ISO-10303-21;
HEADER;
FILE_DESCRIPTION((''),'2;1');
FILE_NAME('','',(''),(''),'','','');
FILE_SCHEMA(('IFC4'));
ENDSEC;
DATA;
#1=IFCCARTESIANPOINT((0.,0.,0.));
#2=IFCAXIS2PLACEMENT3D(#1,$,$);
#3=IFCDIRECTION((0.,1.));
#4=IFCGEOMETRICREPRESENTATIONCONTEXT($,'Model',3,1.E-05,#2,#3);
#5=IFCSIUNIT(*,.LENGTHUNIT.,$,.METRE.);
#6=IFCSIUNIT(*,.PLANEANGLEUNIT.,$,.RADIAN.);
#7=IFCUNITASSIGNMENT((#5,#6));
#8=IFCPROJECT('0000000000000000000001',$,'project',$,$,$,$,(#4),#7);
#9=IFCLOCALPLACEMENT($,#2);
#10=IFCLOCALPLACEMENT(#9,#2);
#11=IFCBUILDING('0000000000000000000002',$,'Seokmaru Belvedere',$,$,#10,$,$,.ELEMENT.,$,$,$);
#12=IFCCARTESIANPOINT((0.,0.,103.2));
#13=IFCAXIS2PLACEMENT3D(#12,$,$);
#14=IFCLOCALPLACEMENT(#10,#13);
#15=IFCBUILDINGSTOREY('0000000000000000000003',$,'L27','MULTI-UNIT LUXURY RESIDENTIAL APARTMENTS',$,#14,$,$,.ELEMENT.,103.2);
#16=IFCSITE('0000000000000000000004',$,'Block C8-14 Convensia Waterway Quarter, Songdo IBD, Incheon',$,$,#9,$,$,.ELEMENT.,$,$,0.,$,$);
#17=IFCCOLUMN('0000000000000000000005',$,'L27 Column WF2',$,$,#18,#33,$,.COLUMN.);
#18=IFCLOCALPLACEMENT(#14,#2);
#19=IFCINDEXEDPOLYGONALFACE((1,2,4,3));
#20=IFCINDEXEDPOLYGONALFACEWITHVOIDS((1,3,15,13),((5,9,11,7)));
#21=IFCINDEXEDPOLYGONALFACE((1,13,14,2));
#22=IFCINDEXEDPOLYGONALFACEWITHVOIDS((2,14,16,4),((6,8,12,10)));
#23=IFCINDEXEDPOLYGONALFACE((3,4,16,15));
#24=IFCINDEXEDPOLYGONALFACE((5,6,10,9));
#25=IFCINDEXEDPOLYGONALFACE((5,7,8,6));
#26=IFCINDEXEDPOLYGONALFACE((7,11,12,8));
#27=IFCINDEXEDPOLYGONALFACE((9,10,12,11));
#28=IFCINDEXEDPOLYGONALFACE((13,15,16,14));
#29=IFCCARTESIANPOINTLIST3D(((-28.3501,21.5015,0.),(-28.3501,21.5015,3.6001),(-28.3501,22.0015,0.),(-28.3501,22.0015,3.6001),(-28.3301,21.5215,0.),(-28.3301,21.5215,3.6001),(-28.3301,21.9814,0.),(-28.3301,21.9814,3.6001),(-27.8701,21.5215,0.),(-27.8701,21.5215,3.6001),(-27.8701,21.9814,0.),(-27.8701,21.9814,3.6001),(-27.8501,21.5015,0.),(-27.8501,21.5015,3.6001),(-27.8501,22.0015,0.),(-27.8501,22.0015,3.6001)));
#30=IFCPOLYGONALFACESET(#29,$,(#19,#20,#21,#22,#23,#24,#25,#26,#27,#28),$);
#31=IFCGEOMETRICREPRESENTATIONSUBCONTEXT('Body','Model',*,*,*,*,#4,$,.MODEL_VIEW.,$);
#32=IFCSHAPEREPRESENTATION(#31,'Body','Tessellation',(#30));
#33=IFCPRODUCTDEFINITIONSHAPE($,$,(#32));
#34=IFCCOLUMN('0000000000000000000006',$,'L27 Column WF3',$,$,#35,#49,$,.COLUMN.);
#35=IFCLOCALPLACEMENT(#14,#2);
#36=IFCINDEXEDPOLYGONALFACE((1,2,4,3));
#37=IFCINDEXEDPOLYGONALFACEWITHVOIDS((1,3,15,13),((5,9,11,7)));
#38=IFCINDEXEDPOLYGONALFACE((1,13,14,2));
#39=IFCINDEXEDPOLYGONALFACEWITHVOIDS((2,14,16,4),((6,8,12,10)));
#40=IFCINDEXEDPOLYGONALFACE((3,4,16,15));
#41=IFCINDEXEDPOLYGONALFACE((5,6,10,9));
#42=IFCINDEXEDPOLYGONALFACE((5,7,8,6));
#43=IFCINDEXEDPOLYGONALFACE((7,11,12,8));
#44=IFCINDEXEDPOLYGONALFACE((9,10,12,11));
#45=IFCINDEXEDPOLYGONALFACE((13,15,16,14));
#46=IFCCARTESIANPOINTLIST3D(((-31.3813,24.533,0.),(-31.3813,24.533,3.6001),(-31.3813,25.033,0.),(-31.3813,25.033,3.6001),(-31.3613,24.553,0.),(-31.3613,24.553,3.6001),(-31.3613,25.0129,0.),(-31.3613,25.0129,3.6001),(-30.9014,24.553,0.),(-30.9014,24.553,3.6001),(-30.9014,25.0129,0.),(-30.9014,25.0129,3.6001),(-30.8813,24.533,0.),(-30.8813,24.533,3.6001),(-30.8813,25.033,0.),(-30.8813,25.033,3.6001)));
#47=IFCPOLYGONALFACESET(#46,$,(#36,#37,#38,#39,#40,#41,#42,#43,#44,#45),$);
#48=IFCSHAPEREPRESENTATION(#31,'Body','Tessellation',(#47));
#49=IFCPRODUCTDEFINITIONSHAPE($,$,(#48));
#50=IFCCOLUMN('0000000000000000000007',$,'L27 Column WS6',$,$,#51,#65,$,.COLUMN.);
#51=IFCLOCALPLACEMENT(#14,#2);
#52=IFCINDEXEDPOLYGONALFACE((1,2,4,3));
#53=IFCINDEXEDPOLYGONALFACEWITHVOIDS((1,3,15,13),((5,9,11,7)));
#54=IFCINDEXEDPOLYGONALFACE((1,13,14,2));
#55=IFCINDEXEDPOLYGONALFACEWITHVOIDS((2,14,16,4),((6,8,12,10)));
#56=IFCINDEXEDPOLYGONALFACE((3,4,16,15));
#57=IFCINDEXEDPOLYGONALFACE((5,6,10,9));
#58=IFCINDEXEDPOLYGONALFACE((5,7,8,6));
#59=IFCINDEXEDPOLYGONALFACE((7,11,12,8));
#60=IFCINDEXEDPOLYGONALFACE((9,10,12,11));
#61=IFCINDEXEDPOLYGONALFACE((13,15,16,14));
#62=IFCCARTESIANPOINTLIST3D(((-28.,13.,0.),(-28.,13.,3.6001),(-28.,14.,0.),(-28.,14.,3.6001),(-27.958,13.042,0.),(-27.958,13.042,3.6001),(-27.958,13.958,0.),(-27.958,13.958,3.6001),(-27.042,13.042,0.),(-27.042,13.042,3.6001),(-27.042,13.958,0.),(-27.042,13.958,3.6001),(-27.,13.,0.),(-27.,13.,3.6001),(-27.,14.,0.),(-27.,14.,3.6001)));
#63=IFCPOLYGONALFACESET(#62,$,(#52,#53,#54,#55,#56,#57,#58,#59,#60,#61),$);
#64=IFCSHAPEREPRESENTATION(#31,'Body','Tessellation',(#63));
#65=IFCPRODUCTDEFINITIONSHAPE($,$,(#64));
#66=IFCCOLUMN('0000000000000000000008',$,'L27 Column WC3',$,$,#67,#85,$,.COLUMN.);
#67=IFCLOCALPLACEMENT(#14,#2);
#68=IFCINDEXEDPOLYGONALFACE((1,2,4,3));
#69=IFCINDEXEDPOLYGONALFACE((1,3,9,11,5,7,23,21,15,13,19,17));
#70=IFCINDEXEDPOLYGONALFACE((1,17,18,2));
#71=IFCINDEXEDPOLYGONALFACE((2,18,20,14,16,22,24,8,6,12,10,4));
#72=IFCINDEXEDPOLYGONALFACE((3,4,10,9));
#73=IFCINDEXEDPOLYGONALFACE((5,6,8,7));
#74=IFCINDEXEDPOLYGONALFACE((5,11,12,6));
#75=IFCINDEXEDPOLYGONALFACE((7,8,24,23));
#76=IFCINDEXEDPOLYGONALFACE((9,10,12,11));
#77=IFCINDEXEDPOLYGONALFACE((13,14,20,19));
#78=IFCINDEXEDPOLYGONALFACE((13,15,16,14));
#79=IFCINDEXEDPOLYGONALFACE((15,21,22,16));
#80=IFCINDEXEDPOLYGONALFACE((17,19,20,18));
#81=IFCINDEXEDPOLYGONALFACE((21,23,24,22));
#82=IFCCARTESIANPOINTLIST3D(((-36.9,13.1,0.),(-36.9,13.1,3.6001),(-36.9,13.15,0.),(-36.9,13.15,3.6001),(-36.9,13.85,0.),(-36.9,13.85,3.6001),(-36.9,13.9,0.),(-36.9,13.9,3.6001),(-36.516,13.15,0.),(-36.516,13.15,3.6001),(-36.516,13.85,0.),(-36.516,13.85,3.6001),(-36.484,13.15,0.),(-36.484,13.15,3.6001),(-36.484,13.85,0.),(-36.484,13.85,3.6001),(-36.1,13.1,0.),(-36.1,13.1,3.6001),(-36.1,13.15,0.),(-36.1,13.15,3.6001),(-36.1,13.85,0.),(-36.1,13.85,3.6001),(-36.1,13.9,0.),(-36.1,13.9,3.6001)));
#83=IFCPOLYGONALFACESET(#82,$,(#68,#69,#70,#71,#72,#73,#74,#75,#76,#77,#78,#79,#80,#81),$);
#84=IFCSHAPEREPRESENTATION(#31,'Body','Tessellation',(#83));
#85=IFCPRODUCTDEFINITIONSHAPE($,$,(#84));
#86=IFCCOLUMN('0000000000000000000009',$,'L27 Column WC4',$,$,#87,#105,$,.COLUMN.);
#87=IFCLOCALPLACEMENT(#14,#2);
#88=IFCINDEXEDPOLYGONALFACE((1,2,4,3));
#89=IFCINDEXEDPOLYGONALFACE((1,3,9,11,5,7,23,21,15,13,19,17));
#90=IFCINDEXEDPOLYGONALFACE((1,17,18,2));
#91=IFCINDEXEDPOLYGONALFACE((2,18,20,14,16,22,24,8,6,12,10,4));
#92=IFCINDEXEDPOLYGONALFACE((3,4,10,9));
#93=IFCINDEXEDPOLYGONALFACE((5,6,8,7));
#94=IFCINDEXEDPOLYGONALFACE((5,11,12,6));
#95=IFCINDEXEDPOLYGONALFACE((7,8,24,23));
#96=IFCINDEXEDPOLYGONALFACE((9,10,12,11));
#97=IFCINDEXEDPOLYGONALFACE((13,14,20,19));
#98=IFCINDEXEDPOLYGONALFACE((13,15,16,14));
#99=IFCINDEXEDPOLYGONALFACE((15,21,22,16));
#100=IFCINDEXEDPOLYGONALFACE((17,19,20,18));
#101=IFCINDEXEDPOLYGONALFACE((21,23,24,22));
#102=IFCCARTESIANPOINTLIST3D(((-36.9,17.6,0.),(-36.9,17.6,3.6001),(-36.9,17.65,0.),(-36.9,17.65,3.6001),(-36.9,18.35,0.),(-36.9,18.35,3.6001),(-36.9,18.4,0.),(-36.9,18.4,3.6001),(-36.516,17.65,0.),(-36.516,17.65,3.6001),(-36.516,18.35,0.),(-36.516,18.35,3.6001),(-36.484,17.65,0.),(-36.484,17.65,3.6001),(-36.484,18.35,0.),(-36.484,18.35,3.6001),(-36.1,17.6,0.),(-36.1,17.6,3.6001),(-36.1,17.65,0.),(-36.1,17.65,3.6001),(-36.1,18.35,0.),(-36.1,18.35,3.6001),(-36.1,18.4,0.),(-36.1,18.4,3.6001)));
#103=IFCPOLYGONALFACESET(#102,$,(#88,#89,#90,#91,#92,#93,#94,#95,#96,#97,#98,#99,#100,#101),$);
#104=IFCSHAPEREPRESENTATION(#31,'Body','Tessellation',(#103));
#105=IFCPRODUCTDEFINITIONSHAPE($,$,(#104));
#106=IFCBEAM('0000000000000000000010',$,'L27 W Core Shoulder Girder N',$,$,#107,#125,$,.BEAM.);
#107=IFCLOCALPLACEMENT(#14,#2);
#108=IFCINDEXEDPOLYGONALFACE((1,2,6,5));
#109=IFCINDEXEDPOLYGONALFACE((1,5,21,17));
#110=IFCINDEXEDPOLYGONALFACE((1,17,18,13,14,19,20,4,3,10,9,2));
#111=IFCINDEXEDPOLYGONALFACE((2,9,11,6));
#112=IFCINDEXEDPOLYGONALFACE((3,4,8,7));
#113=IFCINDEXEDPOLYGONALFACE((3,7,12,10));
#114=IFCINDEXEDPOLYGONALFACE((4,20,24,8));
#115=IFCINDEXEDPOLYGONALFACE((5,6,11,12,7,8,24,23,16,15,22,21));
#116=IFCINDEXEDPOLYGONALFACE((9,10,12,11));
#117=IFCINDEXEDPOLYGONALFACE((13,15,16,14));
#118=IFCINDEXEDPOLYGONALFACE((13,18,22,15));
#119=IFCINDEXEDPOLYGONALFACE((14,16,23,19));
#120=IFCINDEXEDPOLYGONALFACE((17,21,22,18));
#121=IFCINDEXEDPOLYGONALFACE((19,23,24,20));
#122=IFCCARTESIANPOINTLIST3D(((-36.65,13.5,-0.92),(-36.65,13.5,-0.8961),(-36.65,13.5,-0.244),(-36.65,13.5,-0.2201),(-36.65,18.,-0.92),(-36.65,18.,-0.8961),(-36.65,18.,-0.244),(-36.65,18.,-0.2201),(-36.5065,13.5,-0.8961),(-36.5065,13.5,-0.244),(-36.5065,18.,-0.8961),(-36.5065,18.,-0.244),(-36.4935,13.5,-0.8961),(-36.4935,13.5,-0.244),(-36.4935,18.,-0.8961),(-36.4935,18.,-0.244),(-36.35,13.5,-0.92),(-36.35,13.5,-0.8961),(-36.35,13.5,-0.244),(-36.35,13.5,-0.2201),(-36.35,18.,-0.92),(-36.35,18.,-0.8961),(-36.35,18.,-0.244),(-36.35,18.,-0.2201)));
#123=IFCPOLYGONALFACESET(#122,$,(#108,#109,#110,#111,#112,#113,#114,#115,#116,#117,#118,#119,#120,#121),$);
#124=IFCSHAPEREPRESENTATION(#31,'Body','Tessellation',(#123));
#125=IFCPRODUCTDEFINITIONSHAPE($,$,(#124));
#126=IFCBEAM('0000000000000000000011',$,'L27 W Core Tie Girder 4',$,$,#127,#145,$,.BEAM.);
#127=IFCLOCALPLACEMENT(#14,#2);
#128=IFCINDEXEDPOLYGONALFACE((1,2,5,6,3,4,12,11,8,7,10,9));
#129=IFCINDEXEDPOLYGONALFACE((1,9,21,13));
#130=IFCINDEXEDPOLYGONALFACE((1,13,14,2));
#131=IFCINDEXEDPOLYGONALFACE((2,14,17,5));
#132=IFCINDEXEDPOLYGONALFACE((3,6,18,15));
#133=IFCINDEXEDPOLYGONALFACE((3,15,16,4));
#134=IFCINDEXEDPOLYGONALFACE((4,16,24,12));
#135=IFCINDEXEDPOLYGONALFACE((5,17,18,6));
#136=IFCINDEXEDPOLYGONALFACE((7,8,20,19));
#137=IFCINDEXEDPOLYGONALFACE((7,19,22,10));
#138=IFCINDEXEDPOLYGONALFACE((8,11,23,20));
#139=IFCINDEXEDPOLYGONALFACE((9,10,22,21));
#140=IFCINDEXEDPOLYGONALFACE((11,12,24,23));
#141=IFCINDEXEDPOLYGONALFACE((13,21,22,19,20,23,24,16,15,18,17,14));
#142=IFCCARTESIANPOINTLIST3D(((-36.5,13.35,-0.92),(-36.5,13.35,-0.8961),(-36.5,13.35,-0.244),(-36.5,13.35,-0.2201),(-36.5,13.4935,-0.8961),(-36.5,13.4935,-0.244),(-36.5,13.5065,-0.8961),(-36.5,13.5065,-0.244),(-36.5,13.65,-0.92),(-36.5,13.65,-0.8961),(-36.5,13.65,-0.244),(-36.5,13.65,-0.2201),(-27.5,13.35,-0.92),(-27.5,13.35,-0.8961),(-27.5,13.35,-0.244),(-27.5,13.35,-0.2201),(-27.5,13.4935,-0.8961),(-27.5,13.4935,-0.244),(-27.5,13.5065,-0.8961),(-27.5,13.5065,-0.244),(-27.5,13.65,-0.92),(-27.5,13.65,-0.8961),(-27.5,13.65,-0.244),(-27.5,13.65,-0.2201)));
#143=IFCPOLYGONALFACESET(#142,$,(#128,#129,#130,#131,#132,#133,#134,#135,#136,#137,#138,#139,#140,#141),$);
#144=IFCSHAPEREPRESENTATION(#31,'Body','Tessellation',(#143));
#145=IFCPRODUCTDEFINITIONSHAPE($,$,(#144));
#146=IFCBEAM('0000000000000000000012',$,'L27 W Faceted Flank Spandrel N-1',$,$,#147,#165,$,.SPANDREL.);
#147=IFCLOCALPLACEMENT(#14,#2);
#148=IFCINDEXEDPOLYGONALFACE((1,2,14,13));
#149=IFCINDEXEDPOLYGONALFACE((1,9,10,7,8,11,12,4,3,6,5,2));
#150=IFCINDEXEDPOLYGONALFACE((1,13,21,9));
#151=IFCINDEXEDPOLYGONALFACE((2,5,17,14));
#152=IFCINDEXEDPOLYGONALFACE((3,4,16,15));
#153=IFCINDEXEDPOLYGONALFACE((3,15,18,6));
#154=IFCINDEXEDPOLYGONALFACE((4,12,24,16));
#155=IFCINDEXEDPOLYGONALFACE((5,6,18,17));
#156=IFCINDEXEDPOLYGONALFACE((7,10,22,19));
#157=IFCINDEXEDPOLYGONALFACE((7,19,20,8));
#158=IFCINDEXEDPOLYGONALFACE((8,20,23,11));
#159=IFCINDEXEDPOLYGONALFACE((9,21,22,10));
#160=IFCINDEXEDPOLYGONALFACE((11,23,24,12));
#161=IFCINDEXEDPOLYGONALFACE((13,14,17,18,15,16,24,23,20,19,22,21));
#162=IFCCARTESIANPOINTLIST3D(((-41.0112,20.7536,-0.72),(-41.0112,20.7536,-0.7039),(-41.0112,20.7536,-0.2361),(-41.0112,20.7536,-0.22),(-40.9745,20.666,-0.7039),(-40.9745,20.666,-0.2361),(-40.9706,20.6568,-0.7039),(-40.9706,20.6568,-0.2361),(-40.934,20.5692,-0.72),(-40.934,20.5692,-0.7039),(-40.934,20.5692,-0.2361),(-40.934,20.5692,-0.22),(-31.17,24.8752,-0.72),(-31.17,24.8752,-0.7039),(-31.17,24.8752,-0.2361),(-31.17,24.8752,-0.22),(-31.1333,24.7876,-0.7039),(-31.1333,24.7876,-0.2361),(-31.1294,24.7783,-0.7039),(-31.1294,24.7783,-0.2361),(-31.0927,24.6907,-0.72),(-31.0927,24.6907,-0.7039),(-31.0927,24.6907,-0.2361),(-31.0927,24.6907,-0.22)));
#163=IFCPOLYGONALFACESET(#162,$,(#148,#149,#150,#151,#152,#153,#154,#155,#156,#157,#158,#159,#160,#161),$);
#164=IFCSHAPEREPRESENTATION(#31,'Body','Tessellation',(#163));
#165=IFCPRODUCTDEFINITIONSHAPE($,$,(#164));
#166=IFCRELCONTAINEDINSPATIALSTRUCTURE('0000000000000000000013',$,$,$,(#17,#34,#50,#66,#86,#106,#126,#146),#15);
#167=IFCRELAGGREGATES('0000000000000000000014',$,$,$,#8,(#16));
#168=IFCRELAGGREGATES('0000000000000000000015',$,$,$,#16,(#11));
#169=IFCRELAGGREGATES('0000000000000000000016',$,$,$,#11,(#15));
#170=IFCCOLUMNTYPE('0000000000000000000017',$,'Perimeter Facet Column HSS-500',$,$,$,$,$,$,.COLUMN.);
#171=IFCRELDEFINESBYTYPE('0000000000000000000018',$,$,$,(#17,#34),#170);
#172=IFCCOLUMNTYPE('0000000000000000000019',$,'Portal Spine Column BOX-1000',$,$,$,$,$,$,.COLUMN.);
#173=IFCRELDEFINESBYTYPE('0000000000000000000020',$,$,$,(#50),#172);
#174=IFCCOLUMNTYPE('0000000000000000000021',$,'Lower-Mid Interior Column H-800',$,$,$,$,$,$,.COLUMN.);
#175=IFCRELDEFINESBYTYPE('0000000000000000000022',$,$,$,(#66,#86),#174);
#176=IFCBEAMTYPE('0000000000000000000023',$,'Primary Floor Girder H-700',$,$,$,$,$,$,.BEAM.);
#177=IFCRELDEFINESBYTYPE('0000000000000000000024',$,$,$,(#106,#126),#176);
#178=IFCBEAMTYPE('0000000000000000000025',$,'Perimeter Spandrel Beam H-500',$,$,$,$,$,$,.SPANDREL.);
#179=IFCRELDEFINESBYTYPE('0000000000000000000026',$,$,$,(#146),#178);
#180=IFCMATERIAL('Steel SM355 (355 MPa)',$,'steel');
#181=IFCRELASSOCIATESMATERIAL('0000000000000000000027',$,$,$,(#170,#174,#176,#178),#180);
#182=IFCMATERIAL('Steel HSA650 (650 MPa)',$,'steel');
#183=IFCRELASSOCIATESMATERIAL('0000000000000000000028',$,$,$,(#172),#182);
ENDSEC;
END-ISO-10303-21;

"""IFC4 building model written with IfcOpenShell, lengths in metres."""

from ifc_helpers import new_model, si_unit, direction, frame, origin, origin_2d, place, context, subcontext, project, spatial, hollow_rectangle, i_section, extrude, source, transform, mapped, material, material_profile, profile_set, type_object, type_shapes, element, save


model = new_model("IFC4")

# Units and contexts
model_context = context("Model", 3, precision=1e-05, world=origin(), true_north=direction((0.0, 1.0)))
body_context = subcontext(model_context, "Body", "Model", "MODEL_VIEW")
ifc_project = project(units=[si_unit("LENGTHUNIT", "METRE"), si_unit("PLANEANGLEUNIT", "RADIAN")], contexts=[model_context])

# Site, building, storey
site_placement = place(None, origin())
site = spatial("IfcSite", under=ifc_project, at=site_placement, Name="Block C8-14 Convensia Waterway Quarter, Songdo IBD, Incheon", CompositionType="ELEMENT", RefElevation=0.0)
building_placement = place(site_placement, origin())
building = spatial("IfcBuilding", under=site, at=building_placement, Name="Seokmaru Belvedere", CompositionType="ELEMENT")
storey_placement = place(building_placement, frame((0.0, 0.0, 103.2)))
storey = spatial("IfcBuildingStorey", under=building, at=storey_placement, Name="L27", Description="MULTI-UNIT LUXURY RESIDENTIAL APARTMENTS", CompositionType="ELEMENT", Elevation=103.2)

# Columns
ifc_material_1 = material(Name="Steel SM355 (355 MPa)", Category="steel")
ifc_material_profile_1 = material_profile(ifc_material_1, hollow_rectangle(XDim=0.5, YDim=0.5, WallThickness=0.02, at=origin_2d()), Name="HSS-500x500x20")
ifc_profile_set_1 = profile_set([ifc_material_profile_1], Name="Steel SM355 (355 MPa)")
column_type_1 = type_object("IfcColumnType", Name="Perimeter Facet Column HSS-500", PredefinedType="COLUMN", material=ifc_profile_set_1)
shared_shape_1 = source(origin(), body_context, "Body", "SweptSolid", [
    extrude(hollow_rectangle(XDim=0.5, YDim=0.5, WallThickness=0.02, at=origin_2d()), origin(), (0.0, 0.0, 1.0), 3.6001),
])
type_shapes(column_type_1, [shared_shape_1])
for number, where, z_axis, x_axis, name in (
    (1, (-28.1001, 21.7515, 0.0), (0.0, 0.0, 1.0), (1.0, 0.0, 0.0), "L27 Column WF2"),
    (2, (-31.1313, 24.783, 0.0), (0.0, 0.0, 1.0), (1.0, 0.0, 0.0), "L27 Column WF3"),
):
    element("IfcColumn", number, at=place(storey_placement, frame(where, z_axis=z_axis, x_axis=x_axis)), inside=storey, type_object=column_type_1, Name=name, PredefinedType="COLUMN", context=body_context, shape_type="MappedRepresentation", body=[
        mapped(shared_shape_1, transform((0.0, 0.0, 0.0), scale=1.0)),
    ])
ifc_material_2 = material(Name="Steel HSA650 (650 MPa)", Category="steel")
ifc_material_profile_2 = material_profile(ifc_material_2, hollow_rectangle(XDim=1.0, YDim=1.0, WallThickness=0.042, at=origin_2d()), Name="BOX-1000x1000x42")
ifc_profile_set_2 = profile_set([ifc_material_profile_2], Name="Steel HSA650 (650 MPa)")
column_type_2 = type_object("IfcColumnType", Name="Portal Spine Column BOX-1000", PredefinedType="COLUMN", material=ifc_profile_set_2)
shared_shape_2 = source(origin(), body_context, "Body", "SweptSolid", [
    extrude(hollow_rectangle(XDim=1.0, YDim=1.0, WallThickness=0.042, at=origin_2d()), origin(), (0.0, 0.0, 1.0), 3.6001),
])
type_shapes(column_type_2, [shared_shape_2])
column_placement = place(storey_placement, frame((-27.5, 13.5, 0.0), z_axis=(0.0, 0.0, 1.0), x_axis=(1.0, 0.0, 0.0)))
element("IfcColumn", 3, at=column_placement, inside=storey, type_object=column_type_2, Name="L27 Column WS6", PredefinedType="COLUMN", context=body_context, shape_type="MappedRepresentation", body=[
    mapped(shared_shape_2, transform((0.0, 0.0, 0.0), scale=1.0)),
])
ifc_material_profile_3 = material_profile(ifc_material_1, i_section(OverallWidth=0.8, OverallDepth=0.8, WebThickness=0.032, FlangeThickness=0.05, at=origin_2d()), Name="H-800x800x32x50")
ifc_profile_set_3 = profile_set([ifc_material_profile_3], Name="Steel SM355 (355 MPa)")
column_type_3 = type_object("IfcColumnType", Name="Lower-Mid Interior Column H-800", PredefinedType="COLUMN", material=ifc_profile_set_3)
shared_shape_3 = source(origin(), body_context, "Body", "SweptSolid", [
    extrude(i_section(OverallWidth=0.8, OverallDepth=0.8, WebThickness=0.032, FlangeThickness=0.05, at=origin_2d()), origin(), (0.0, 0.0, 1.0), 3.6001),
])
type_shapes(column_type_3, [shared_shape_3])
for number, where, z_axis, x_axis, name in (
    (4, (-36.5, 13.5, 0.0), (0.0, 0.0, 1.0), (1.0, 0.0, 0.0), "L27 Column WC3"),
    (5, (-36.5, 18.0, 0.0), (0.0, 0.0, 1.0), (1.0, 0.0, 0.0), "L27 Column WC4"),
):
    element("IfcColumn", number, at=place(storey_placement, frame(where, z_axis=z_axis, x_axis=x_axis)), inside=storey, type_object=column_type_3, Name=name, PredefinedType="COLUMN", context=body_context, shape_type="MappedRepresentation", body=[
        mapped(shared_shape_3, transform((0.0, 0.0, 0.0), scale=1.0)),
    ])

# Beams
ifc_material_profile_4 = material_profile(ifc_material_1, i_section(OverallWidth=0.3, OverallDepth=0.7, WebThickness=0.0129, FlangeThickness=0.0239, at=origin_2d()), Name="H-700x300x13x24")
ifc_profile_set_4 = profile_set([ifc_material_profile_4], Name="Steel SM355 (355 MPa)")
beam_type_1 = type_object("IfcBeamType", Name="Primary Floor Girder H-700", PredefinedType="BEAM", material=ifc_profile_set_4)
shared_shape_4 = source(origin(), body_context, "Body", "SweptSolid", [
    extrude(i_section(OverallWidth=0.3, OverallDepth=0.7, WebThickness=0.0129, FlangeThickness=0.0239, at=origin_2d()), origin(), (0.0, 0.0, 1.0), 4.5),
])
beam_1_placement = place(storey_placement, frame((-36.5, 13.5, -0.5701), z_axis=(0.0, 1.0, 0.0), x_axis=(-1.0, 0.0, 0.0)))
element("IfcBeam", 6, at=beam_1_placement, inside=storey, type_object=beam_type_1, Name="L27 W Core Shoulder Girder N", PredefinedType="BEAM", context=body_context, shape_type="MappedRepresentation", body=[
    mapped(shared_shape_4, transform((0.0, 0.0, 0.0), scale=1.0)),
])
shared_shape_5 = source(origin(), body_context, "Body", "SweptSolid", [
    extrude(i_section(OverallWidth=0.3, OverallDepth=0.7, WebThickness=0.0129, FlangeThickness=0.0239, at=origin_2d()), origin(), (0.0, 0.0, 1.0), 9.0),
])
type_shapes(beam_type_1, [shared_shape_4, shared_shape_5])
beam_2_placement = place(storey_placement, frame((-36.5, 13.5, -0.5701), z_axis=(1.0, 0.0, 0.0), x_axis=(0.0, 1.0, 0.0)))
element("IfcBeam", 7, at=beam_2_placement, inside=storey, type_object=beam_type_1, Name="L27 W Core Tie Girder 4", PredefinedType="BEAM", context=body_context, shape_type="MappedRepresentation", body=[
    mapped(shared_shape_5, transform((0.0, 0.0, 0.0), scale=1.0)),
])
ifc_material_profile_5 = material_profile(ifc_material_1, i_section(OverallWidth=0.2, OverallDepth=0.5, WebThickness=0.01, FlangeThickness=0.0161, at=origin_2d()), Name="H-500x200x10x16")
ifc_profile_set_5 = profile_set([ifc_material_profile_5], Name="Steel SM355 (355 MPa)")
beam_type_2 = type_object("IfcBeamType", Name="Perimeter Spandrel Beam H-500", PredefinedType="SPANDREL", material=ifc_profile_set_5)
shared_shape_6 = source(origin(), body_context, "Body", "SweptSolid", [
    extrude(i_section(OverallWidth=0.2, OverallDepth=0.5, WebThickness=0.01, FlangeThickness=0.0161, at=origin_2d()), origin(), (0.0, 0.0, 1.0), 10.6694),
])
beam_3_placement = place(storey_placement, frame((-31.1313, 24.783, -0.47), z_axis=(-0.922375, -0.386295, 0.0), x_axis=(0.386295, -0.922375, 0.0)))
element("IfcBeam", 8, at=beam_3_placement, inside=storey, type_object=beam_type_2, Name="L27 W Faceted Flank Spandrel N-1", PredefinedType="SPANDREL", context=body_context, shape_type="MappedRepresentation", body=[
    mapped(shared_shape_6, transform((0.0, 0.0, 0.0), scale=1.0)),
])

save(model, "model.ifc")
